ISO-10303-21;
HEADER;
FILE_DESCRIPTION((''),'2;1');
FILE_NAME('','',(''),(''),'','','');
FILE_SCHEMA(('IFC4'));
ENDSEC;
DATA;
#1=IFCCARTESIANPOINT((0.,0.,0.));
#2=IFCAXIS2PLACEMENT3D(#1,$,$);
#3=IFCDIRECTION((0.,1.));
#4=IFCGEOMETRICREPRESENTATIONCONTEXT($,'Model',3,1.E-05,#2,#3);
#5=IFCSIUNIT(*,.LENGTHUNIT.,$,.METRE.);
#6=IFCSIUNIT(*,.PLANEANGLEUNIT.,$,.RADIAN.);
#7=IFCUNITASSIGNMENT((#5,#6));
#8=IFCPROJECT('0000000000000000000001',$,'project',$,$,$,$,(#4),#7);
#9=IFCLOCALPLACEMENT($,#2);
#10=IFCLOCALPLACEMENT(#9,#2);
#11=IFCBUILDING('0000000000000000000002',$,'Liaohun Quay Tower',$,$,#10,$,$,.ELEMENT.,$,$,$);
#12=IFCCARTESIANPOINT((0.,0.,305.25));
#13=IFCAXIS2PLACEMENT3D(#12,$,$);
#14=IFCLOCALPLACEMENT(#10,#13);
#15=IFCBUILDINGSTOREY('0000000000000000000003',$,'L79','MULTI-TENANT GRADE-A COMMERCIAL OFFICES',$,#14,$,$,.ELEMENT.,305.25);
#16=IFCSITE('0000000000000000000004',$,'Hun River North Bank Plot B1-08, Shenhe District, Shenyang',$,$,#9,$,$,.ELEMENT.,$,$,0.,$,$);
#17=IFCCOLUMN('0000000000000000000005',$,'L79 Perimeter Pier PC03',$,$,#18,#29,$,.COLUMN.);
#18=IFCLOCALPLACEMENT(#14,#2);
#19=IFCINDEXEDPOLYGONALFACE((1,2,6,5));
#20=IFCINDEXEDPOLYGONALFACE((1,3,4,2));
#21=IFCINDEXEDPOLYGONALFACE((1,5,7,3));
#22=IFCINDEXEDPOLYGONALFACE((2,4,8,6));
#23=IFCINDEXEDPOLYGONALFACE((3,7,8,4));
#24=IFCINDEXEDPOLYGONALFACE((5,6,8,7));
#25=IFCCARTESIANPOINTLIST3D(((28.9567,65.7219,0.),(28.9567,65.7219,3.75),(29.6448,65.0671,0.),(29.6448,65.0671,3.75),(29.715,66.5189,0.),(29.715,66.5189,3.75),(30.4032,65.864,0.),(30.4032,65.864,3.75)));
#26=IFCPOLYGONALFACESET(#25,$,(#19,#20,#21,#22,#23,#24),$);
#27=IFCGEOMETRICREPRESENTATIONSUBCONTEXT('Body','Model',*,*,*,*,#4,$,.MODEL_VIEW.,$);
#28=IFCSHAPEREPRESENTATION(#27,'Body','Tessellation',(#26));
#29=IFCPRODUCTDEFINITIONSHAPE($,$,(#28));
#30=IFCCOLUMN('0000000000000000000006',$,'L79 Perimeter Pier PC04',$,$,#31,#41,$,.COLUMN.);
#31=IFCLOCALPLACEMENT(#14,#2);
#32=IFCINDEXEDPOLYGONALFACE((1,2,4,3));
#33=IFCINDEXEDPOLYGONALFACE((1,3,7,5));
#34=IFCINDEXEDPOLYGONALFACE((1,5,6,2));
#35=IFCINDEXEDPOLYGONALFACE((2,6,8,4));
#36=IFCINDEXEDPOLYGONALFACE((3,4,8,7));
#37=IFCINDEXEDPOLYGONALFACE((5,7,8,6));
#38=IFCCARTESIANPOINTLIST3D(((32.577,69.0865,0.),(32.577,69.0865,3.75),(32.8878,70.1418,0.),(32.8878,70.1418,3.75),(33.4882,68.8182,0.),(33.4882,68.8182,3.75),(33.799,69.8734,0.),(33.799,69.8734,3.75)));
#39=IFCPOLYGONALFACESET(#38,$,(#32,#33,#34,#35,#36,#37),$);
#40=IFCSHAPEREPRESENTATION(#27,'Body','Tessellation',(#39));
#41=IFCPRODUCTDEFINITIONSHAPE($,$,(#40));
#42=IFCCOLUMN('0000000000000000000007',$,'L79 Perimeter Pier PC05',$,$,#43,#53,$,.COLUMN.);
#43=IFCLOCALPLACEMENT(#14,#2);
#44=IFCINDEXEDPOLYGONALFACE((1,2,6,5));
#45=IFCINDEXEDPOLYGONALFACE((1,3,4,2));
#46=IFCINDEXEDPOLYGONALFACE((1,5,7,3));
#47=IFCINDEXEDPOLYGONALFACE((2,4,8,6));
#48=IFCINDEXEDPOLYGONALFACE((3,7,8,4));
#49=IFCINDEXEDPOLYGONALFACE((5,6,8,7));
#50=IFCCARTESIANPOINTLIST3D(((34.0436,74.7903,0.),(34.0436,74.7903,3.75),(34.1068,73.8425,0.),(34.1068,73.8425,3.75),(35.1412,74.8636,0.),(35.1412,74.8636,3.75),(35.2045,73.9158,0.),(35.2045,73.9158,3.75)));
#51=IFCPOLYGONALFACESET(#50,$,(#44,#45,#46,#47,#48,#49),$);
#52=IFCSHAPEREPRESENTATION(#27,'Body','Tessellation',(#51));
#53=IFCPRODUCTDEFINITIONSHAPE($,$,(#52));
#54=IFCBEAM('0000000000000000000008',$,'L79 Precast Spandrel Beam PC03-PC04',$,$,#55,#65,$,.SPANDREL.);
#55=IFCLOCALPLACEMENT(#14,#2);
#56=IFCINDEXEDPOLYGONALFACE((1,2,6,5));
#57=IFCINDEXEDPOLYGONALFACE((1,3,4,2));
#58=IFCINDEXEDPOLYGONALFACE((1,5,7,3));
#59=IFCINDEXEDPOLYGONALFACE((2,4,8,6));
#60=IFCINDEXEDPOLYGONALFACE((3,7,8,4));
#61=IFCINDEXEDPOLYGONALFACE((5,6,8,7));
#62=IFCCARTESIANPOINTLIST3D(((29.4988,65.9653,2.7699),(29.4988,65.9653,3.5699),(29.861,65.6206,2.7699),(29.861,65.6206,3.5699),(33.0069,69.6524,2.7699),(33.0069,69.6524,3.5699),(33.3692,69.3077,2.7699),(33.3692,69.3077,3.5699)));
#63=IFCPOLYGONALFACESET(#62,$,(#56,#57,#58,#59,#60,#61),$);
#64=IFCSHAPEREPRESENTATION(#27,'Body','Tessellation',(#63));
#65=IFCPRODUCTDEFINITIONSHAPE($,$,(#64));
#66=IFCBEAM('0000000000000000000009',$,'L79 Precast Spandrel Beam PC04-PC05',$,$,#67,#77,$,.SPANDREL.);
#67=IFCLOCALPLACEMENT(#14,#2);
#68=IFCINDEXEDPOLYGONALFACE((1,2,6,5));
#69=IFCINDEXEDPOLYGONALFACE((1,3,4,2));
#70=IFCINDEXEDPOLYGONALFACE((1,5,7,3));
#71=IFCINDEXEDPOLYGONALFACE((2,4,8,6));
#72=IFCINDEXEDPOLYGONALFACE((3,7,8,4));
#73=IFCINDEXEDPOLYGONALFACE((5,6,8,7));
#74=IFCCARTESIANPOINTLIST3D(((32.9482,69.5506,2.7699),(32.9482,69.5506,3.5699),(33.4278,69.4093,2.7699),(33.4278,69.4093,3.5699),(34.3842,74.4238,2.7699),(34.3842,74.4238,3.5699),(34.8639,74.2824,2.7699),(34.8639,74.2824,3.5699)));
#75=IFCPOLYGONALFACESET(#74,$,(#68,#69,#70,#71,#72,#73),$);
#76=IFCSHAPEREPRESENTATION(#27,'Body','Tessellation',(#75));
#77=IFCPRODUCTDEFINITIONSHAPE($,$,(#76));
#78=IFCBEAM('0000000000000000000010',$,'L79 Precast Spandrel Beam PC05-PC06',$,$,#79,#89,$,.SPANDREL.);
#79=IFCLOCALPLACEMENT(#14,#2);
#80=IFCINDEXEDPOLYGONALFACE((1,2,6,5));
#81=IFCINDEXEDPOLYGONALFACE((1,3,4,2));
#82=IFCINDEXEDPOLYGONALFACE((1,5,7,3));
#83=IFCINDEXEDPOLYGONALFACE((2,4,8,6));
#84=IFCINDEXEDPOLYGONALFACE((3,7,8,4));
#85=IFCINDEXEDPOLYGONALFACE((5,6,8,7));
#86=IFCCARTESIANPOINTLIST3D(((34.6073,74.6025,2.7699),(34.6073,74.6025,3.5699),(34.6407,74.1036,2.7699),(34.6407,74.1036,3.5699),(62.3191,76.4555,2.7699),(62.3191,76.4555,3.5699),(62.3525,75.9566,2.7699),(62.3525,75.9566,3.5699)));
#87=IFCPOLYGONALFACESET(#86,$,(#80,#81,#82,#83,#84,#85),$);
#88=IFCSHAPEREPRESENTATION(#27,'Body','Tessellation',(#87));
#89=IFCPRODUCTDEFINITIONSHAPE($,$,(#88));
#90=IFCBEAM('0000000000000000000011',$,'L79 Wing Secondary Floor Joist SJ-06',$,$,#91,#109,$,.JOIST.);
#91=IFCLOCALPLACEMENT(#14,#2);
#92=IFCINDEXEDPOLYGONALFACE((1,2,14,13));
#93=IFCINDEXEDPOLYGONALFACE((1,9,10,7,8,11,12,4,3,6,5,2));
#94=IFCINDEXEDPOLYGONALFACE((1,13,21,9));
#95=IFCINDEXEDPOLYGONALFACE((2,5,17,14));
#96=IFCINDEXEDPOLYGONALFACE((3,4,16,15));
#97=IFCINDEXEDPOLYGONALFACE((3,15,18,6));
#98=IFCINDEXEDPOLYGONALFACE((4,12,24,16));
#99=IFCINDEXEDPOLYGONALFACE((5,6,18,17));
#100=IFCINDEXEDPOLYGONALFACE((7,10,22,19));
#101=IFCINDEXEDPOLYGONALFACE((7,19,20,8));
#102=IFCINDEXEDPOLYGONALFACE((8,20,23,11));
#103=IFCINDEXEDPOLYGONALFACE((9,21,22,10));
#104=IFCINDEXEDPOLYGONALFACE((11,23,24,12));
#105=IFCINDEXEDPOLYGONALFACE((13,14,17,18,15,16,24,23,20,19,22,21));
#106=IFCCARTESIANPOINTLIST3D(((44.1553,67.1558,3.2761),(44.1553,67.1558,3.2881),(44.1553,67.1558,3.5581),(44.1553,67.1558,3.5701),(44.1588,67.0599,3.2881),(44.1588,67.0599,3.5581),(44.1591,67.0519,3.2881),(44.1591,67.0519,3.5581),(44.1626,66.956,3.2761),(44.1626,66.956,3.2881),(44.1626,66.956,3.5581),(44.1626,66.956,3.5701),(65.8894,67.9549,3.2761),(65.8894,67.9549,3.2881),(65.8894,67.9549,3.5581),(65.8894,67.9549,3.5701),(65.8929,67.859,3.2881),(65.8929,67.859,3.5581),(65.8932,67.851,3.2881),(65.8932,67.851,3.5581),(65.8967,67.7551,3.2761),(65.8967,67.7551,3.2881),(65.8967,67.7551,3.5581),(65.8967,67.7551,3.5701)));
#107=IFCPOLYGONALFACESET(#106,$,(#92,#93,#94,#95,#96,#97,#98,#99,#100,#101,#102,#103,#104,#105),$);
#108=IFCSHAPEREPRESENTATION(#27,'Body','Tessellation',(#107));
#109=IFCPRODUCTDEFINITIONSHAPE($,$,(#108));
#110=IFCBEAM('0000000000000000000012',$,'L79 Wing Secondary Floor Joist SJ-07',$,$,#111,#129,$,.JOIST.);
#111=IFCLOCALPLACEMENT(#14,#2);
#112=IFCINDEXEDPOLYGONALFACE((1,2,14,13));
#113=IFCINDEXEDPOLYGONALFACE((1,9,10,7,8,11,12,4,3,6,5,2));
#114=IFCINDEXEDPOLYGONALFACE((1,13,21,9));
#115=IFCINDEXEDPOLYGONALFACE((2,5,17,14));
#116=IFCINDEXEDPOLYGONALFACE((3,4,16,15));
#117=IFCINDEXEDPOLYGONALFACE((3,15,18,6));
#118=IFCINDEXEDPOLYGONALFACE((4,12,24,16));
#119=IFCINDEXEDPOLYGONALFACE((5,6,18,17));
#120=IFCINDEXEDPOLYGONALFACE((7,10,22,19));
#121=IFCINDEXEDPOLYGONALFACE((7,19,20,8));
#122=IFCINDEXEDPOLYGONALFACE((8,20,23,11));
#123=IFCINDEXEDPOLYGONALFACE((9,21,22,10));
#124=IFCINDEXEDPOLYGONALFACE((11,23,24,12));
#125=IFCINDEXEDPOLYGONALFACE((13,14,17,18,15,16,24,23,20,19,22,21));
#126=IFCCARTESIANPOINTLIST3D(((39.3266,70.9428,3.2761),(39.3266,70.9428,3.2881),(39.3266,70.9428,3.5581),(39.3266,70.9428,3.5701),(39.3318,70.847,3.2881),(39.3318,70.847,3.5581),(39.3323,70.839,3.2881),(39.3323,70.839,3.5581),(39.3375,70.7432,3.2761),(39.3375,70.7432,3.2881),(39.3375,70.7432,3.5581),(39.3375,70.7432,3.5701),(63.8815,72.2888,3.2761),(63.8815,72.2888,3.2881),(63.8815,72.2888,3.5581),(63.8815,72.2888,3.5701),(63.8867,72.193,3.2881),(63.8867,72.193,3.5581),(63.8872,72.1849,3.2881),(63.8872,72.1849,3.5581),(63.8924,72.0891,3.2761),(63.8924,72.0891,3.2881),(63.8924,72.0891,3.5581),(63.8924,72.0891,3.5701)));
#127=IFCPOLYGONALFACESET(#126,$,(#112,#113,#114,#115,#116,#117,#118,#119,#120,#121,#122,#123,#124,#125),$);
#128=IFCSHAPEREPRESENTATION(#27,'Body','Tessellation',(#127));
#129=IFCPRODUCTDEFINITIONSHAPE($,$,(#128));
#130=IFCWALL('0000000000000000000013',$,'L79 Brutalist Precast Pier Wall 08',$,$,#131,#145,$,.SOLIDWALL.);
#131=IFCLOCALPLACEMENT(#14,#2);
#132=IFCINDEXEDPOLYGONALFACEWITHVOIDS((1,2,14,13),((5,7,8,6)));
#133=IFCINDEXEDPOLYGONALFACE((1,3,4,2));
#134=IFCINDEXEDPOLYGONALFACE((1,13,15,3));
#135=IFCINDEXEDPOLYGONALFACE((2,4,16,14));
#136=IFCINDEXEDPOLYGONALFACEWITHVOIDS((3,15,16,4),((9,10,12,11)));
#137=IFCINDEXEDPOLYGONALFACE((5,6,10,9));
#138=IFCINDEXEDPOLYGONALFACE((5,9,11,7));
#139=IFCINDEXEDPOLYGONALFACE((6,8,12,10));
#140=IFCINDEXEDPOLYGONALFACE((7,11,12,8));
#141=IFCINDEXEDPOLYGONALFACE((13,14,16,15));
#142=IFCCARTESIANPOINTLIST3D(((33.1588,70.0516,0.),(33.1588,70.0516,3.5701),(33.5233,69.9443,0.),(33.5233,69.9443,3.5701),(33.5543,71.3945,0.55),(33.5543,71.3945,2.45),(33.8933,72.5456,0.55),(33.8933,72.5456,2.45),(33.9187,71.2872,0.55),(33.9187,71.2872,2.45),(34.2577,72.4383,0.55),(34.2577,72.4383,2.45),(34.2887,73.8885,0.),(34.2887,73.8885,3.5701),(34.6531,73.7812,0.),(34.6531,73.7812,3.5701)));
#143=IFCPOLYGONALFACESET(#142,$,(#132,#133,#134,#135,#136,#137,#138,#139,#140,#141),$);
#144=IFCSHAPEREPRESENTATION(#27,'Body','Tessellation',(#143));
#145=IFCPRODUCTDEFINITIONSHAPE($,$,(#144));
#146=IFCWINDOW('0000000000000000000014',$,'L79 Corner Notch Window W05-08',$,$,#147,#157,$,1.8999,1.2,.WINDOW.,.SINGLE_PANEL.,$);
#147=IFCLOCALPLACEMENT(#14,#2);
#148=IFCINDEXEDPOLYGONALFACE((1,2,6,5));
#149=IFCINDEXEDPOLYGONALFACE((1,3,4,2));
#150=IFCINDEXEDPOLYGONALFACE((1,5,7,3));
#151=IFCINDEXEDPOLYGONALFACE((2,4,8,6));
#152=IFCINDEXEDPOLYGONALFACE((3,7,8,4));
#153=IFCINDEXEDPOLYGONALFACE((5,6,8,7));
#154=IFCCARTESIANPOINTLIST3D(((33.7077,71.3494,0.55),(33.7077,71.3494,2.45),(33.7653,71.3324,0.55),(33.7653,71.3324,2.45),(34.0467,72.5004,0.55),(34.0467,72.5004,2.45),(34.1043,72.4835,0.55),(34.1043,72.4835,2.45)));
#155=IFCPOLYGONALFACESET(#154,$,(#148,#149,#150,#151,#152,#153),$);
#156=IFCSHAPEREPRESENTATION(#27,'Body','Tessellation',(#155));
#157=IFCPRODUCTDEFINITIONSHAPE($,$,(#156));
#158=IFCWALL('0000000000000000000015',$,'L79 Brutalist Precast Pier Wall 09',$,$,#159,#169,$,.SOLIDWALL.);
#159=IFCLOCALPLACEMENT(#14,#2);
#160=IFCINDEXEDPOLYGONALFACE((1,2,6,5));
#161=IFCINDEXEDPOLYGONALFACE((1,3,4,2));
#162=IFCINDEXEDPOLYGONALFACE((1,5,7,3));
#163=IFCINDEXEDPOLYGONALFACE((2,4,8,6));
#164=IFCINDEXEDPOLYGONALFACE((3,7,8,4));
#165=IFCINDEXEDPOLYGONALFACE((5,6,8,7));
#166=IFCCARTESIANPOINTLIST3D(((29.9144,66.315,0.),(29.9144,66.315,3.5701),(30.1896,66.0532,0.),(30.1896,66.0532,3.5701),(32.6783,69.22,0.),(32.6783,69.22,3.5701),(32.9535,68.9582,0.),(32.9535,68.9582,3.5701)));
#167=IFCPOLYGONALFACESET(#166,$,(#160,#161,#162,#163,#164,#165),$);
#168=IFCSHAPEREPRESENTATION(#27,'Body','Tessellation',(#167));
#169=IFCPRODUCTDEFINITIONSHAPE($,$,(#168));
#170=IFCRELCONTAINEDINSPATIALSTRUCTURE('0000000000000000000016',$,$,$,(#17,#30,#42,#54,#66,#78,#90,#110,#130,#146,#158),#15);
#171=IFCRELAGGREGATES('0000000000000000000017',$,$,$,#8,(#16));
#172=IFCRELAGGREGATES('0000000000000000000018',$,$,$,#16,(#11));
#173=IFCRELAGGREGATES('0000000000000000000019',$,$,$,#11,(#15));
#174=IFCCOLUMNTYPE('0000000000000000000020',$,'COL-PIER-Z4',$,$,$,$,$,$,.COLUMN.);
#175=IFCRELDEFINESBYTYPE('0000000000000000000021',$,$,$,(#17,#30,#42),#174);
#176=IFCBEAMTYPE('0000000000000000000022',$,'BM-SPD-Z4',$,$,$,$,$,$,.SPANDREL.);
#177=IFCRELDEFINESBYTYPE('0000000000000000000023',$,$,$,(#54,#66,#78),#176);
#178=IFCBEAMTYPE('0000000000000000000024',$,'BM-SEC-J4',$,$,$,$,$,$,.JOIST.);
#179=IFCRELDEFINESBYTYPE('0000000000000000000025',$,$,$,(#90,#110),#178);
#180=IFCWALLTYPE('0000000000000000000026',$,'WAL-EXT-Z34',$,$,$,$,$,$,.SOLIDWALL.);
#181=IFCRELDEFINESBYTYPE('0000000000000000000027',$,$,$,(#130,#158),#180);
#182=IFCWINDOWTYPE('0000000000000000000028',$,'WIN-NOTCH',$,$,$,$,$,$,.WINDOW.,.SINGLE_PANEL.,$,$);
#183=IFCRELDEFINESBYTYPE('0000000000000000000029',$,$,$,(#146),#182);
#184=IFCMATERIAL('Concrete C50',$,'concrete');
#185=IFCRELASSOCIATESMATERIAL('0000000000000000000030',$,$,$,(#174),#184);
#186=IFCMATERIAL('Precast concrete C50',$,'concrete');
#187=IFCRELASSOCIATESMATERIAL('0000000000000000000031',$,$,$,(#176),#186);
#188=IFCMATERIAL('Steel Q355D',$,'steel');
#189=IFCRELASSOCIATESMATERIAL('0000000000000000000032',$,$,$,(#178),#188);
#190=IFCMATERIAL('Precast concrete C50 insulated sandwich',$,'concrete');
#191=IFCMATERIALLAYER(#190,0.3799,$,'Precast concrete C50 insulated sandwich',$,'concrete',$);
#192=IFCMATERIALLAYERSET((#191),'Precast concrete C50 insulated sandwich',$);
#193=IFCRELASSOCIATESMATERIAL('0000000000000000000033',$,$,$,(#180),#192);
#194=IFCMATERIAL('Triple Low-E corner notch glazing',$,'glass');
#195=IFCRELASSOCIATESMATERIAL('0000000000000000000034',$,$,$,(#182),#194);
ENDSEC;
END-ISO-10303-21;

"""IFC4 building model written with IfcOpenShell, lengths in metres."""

from ifc_helpers import new_model, si_unit, direction, frame, frame_2d, origin, origin_2d, place, context, subcontext, project, spatial, rectangle, i_section, extrude, source, transform, mapped, material, layer, layer_set, material_profile, profile_set, type_object, element, fill, save


model = new_model("IFC4")

# Units and contexts
model_context = context("Model", 3, precision=1e-05, world=origin(), true_north=direction((0.0, 1.0)))
body_context = subcontext(model_context, "Body", "Model", "MODEL_VIEW")
ifc_project = project(units=[si_unit("LENGTHUNIT", "METRE"), si_unit("PLANEANGLEUNIT", "RADIAN")], contexts=[model_context])

# Site, building, storey
site_placement = place(None, origin())
site = spatial("IfcSite", under=ifc_project, at=site_placement, Name="Hun River North Bank Plot B1-08, Shenhe District, Shenyang", CompositionType="ELEMENT", RefElevation=0.0)
building_placement = place(site_placement, origin())
building = spatial("IfcBuilding", under=site, at=building_placement, Name="Liaohun Quay Tower", CompositionType="ELEMENT")
storey_placement = place(building_placement, frame((0.0, 0.0, 305.25)))
storey = spatial("IfcBuildingStorey", under=building, at=storey_placement, Name="L79", Description="MULTI-TENANT GRADE-A COMMERCIAL OFFICES", CompositionType="ELEMENT", Elevation=305.25)

# Columns
ifc_material_1 = material(Name="Concrete C50", Category="concrete")
ifc_material_profile_1 = material_profile(ifc_material_1, rectangle(XDim=1.1001, YDim=0.95, at=origin_2d()), Name="RC1100x950")
ifc_profile_set_1 = profile_set([ifc_material_profile_1], Name="Concrete C50")
column_type = type_object("IfcColumnType", Name="COL-PIER-Z4", PredefinedType="COLUMN", material=ifc_profile_set_1)
shared_shape_1 = source(origin(), body_context, "Body", "SweptSolid", [
    extrude(rectangle(XDim=1.1001, YDim=0.95, at=origin_2d()), origin(), (0.0, 0.0, 1.0), 3.75),
])
for number, where, z_axis, x_axis, name in (
    (1, (29.6799, 65.793, 0.0), (0.0, 0.0, 1.0), (0.689367, 0.724413, 0.0), "L79 Perimeter Pier PC03"),
    (2, (33.188, 69.48, 0.0), (0.0, 0.0, 1.0), (0.282509, 0.959265, 0.0), "L79 Perimeter Pier PC04"),
    (3, (34.624, 74.353, 0.0), (0.0, 0.0, 1.0), (0.997778, 0.066622, 0.0), "L79 Perimeter Pier PC05"),
):
    element("IfcColumn", number, at=place(storey_placement, frame(where, z_axis=z_axis, x_axis=x_axis)), inside=storey, type_object=column_type, Name=name, PredefinedType="COLUMN", context=body_context, shape_type="MappedRepresentation", body=[
        mapped(shared_shape_1, transform((0.0, 0.0, 0.0), x_axis=(1.0, 0.0, 0.0), y_axis=(0.0, 1.0, 0.0), z_axis=(0.0, 0.0, 1.0), scale=1.0)),
    ])

# Beams
ifc_material_2 = material(Name="Precast concrete C50", Category="concrete")
ifc_material_profile_2 = material_profile(ifc_material_2, rectangle(XDim=0.5, YDim=0.8, at=origin_2d()), Name="RC500x800")
ifc_profile_set_2 = profile_set([ifc_material_profile_2], Name="Precast concrete C50")
beam_type_1 = type_object("IfcBeamType", Name="BM-SPD-Z4", PredefinedType="SPANDREL", material=ifc_profile_set_2)
shared_shape_2 = source(origin(), body_context, "Body", "SweptSolid", [
    extrude(rectangle(XDim=0.5, YDim=0.8, at=origin_2d()), origin(), (0.0, 0.0, 1.0), 5.0894),
])
beam_1_placement = place(storey_placement, frame((29.6799, 65.793, 3.1699), z_axis=(0.689307, 0.72447, 0.0), x_axis=(-0.72447, 0.689307, 0.0)))
element("IfcBeam", 4, at=beam_1_placement, inside=storey, type_object=beam_type_1, Name="L79 Precast Spandrel Beam PC03-PC04", PredefinedType="SPANDREL", context=body_context, shape_type="MappedRepresentation", body=[
    mapped(shared_shape_2, transform((0.0, 0.0, 0.0), x_axis=(1.0, 0.0, 0.0), y_axis=(0.0, 1.0, 0.0), z_axis=(0.0, 0.0, 1.0), scale=1.0)),
])
shared_shape_3 = source(origin(), body_context, "Body", "SweptSolid", [
    extrude(rectangle(XDim=0.5, YDim=0.8, at=origin_2d()), origin(), (0.0, 0.0, 1.0), 5.0803),
])
beam_2_placement = place(storey_placement, frame((33.188, 69.48, 3.1699), z_axis=(0.282671, 0.959217, 0.0), x_axis=(-0.959217, 0.282671, 0.0)))
element("IfcBeam", 5, at=beam_2_placement, inside=storey, type_object=beam_type_1, Name="L79 Precast Spandrel Beam PC04-PC05", PredefinedType="SPANDREL", context=body_context, shape_type="MappedRepresentation", body=[
    mapped(shared_shape_3, transform((0.0, 0.0, 0.0), x_axis=(1.0, 0.0, 0.0), y_axis=(0.0, 1.0, 0.0), z_axis=(0.0, 0.0, 1.0), scale=1.0)),
])
shared_shape_4 = source(origin(), body_context, "Body", "SweptSolid", [
    extrude(rectangle(XDim=0.5, YDim=0.8, at=origin_2d()), origin(), (0.0, 0.0, 1.0), 27.7737),
])
beam_3_placement = place(storey_placement, frame((34.624, 74.353, 3.1699), z_axis=(0.997772, 0.066719, 0.0), x_axis=(-0.066719, 0.997772, 0.0)))
element("IfcBeam", 6, at=beam_3_placement, inside=storey, type_object=beam_type_1, Name="L79 Precast Spandrel Beam PC05-PC06", PredefinedType="SPANDREL", context=body_context, shape_type="MappedRepresentation", body=[
    mapped(shared_shape_4, transform((0.0, 0.0, 0.0), x_axis=(1.0, 0.0, 0.0), y_axis=(0.0, 1.0, 0.0), z_axis=(0.0, 0.0, 1.0), scale=1.0)),
])
ifc_material_3 = material(Name="Steel Q355D", Category="steel")
ifc_material_profile_3 = material_profile(ifc_material_3, i_section(OverallWidth=0.2, OverallDepth=0.2939, WebThickness=0.0081, FlangeThickness=0.012, at=origin_2d()), Name="HM294x200x8x12")
ifc_profile_set_3 = profile_set([ifc_material_profile_3], Name="Steel Q355D")
beam_type_2 = type_object("IfcBeamType", Name="BM-SEC-J4", PredefinedType="JOIST", material=ifc_profile_set_3)
shared_shape_5 = source(origin(), body_context, "Body", "SweptSolid", [
    extrude(i_section(OverallWidth=0.2, OverallDepth=0.2939, WebThickness=0.0081, FlangeThickness=0.012, at=origin_2d()), origin(), (0.0, 0.0, 1.0), 21.7488),
])
beam_4_placement = place(storey_placement, frame((44.1589, 67.0559, 3.4231), z_axis=(0.999325, 0.036741, 0.0), x_axis=(-0.036741, 0.999325, 0.0)))
element("IfcBeam", 7, at=beam_4_placement, inside=storey, type_object=beam_type_2, Name="L79 Wing Secondary Floor Joist SJ-06", PredefinedType="JOIST", context=body_context, shape_type="MappedRepresentation", body=[
    mapped(shared_shape_5, transform((0.0, 0.0, 0.0), x_axis=(1.0, 0.0, 0.0), y_axis=(0.0, 1.0, 0.0), z_axis=(0.0, 0.0, 1.0), scale=1.0)),
])
shared_shape_6 = source(origin(), body_context, "Body", "SweptSolid", [
    extrude(i_section(OverallWidth=0.2, OverallDepth=0.2939, WebThickness=0.0081, FlangeThickness=0.012, at=origin_2d()), origin(), (0.0, 0.0, 1.0), 24.5918),
])
beam_5_placement = place(storey_placement, frame((39.332, 70.843, 3.4231), z_axis=(0.998501, 0.054732, 0.0), x_axis=(-0.054732, 0.998501, 0.0)))
element("IfcBeam", 8, at=beam_5_placement, inside=storey, type_object=beam_type_2, Name="L79 Wing Secondary Floor Joist SJ-07", PredefinedType="JOIST", context=body_context, shape_type="MappedRepresentation", body=[
    mapped(shared_shape_6, transform((0.0, 0.0, 0.0), x_axis=(1.0, 0.0, 0.0), y_axis=(0.0, 1.0, 0.0), z_axis=(0.0, 0.0, 1.0), scale=1.0)),
])

# Wall, opening, window
ifc_material_4 = material(Name="Precast concrete C50 insulated sandwich", Category="concrete")
ifc_layer_1 = layer(ifc_material_4, 0.3799, Name="Precast concrete C50 insulated sandwich", Category="concrete")
ifc_layer_set_1 = layer_set([ifc_layer_1], Name="Precast concrete C50 insulated sandwich")
wall_type_1 = type_object("IfcWallType", Name="WAL-EXT-Z34", PredefinedType="SOLIDWALL", material=ifc_layer_set_1)
wall_1_placement = place(storey_placement, frame((34.4709, 73.835, 0.0), z_axis=(0.0, 0.0, 1.0), x_axis=(-0.282484, -0.959272, 0.0)))
wall_1 = element("IfcWall", 9, at=wall_1_placement, inside=storey, type_object=wall_type_1, Name="L79 Brutalist Precast Pier Wall 08", PredefinedType="SOLIDWALL", context=body_context, shape_type="SweptSolid", body=[
    extrude(rectangle(XDim=3.9998, YDim=0.3799, at=frame_2d((2.0, 0.0))), origin(), (0.0, 0.0, 1.0), 3.5701),
])
shared_shape_7 = source(origin(), body_context, "Body", "SweptSolid", [
    extrude(rectangle(XDim=1.2, YDim=1.8999, at=frame_2d((0.6001, 0.95))), frame((0.0, 0.2, 0.0), z_axis=(0.0, -1.0, 0.0), x_axis=(1.0, 0.0, 0.0)), (0.0, 0.0, 1.0), 0.3999),
])
opening_1_placement = place(wall_1_placement, frame((1.3999, 0.0, 0.55)))
opening_1 = element("IfcOpeningElement", 10, at=opening_1_placement, cuts=wall_1, PredefinedType="OPENING", context=body_context, shape_type="MappedRepresentation", body=[
    mapped(shared_shape_7, transform((0.0, 0.0, 0.0), x_axis=(1.0, 0.0, 0.0), y_axis=(0.0, 1.0, 0.0), z_axis=(0.0, 0.0, 1.0), scale=1.0)),
])
ifc_material_5 = material(Name="Triple Low-E corner notch glazing", Category="glass")
window_type_1 = type_object("IfcWindowType", Name="WIN-NOTCH", PartitioningType="SINGLE_PANEL", PredefinedType="WINDOW", material=ifc_material_5)
shared_shape_8 = source(origin(), body_context, "Body", "SweptSolid", [
    extrude(rectangle(XDim=1.2, YDim=1.8999, at=frame_2d((0.6001, 0.95))), frame((0.0, 0.03, 0.0), z_axis=(0.0, -1.0, 0.0), x_axis=(1.0, 0.0, 0.0)), (0.0, 0.0, 1.0), 0.0601),
])
window_1_placement = place(opening_1_placement, origin())
window_1 = element("IfcWindow", 11, at=window_1_placement, inside=storey, type_object=window_type_1, Name="L79 Corner Notch Window W05-08", OverallHeight=1.8999, OverallWidth=1.2, PartitioningType="SINGLE_PANEL", PredefinedType="WINDOW", context=body_context, shape_type="MappedRepresentation", body=[
    mapped(shared_shape_8, transform((0.0, 0.0, 0.0), x_axis=(1.0, 0.0, 0.0), y_axis=(0.0, 1.0, 0.0), z_axis=(0.0, 0.0, 1.0), scale=1.0)),
])
fill(opening_1, window_1)

# Wall
wall_2_placement = place(storey_placement, frame((32.8159, 69.0891, 0.0), z_axis=(0.0, 0.0, 1.0), x_axis=(-0.689292, -0.724484, 0.0)))
element("IfcWall", 12, at=wall_2_placement, inside=storey, type_object=wall_type_1, Name="L79 Brutalist Precast Pier Wall 09", PredefinedType="SOLIDWALL", context=body_context, shape_type="SweptSolid", body=[
    extrude(rectangle(XDim=4.0098, YDim=0.3799, at=frame_2d((2.0049, 0.0))), origin(), (0.0, 0.0, 1.0), 3.5701),
])

save(model, "model.ifc")
